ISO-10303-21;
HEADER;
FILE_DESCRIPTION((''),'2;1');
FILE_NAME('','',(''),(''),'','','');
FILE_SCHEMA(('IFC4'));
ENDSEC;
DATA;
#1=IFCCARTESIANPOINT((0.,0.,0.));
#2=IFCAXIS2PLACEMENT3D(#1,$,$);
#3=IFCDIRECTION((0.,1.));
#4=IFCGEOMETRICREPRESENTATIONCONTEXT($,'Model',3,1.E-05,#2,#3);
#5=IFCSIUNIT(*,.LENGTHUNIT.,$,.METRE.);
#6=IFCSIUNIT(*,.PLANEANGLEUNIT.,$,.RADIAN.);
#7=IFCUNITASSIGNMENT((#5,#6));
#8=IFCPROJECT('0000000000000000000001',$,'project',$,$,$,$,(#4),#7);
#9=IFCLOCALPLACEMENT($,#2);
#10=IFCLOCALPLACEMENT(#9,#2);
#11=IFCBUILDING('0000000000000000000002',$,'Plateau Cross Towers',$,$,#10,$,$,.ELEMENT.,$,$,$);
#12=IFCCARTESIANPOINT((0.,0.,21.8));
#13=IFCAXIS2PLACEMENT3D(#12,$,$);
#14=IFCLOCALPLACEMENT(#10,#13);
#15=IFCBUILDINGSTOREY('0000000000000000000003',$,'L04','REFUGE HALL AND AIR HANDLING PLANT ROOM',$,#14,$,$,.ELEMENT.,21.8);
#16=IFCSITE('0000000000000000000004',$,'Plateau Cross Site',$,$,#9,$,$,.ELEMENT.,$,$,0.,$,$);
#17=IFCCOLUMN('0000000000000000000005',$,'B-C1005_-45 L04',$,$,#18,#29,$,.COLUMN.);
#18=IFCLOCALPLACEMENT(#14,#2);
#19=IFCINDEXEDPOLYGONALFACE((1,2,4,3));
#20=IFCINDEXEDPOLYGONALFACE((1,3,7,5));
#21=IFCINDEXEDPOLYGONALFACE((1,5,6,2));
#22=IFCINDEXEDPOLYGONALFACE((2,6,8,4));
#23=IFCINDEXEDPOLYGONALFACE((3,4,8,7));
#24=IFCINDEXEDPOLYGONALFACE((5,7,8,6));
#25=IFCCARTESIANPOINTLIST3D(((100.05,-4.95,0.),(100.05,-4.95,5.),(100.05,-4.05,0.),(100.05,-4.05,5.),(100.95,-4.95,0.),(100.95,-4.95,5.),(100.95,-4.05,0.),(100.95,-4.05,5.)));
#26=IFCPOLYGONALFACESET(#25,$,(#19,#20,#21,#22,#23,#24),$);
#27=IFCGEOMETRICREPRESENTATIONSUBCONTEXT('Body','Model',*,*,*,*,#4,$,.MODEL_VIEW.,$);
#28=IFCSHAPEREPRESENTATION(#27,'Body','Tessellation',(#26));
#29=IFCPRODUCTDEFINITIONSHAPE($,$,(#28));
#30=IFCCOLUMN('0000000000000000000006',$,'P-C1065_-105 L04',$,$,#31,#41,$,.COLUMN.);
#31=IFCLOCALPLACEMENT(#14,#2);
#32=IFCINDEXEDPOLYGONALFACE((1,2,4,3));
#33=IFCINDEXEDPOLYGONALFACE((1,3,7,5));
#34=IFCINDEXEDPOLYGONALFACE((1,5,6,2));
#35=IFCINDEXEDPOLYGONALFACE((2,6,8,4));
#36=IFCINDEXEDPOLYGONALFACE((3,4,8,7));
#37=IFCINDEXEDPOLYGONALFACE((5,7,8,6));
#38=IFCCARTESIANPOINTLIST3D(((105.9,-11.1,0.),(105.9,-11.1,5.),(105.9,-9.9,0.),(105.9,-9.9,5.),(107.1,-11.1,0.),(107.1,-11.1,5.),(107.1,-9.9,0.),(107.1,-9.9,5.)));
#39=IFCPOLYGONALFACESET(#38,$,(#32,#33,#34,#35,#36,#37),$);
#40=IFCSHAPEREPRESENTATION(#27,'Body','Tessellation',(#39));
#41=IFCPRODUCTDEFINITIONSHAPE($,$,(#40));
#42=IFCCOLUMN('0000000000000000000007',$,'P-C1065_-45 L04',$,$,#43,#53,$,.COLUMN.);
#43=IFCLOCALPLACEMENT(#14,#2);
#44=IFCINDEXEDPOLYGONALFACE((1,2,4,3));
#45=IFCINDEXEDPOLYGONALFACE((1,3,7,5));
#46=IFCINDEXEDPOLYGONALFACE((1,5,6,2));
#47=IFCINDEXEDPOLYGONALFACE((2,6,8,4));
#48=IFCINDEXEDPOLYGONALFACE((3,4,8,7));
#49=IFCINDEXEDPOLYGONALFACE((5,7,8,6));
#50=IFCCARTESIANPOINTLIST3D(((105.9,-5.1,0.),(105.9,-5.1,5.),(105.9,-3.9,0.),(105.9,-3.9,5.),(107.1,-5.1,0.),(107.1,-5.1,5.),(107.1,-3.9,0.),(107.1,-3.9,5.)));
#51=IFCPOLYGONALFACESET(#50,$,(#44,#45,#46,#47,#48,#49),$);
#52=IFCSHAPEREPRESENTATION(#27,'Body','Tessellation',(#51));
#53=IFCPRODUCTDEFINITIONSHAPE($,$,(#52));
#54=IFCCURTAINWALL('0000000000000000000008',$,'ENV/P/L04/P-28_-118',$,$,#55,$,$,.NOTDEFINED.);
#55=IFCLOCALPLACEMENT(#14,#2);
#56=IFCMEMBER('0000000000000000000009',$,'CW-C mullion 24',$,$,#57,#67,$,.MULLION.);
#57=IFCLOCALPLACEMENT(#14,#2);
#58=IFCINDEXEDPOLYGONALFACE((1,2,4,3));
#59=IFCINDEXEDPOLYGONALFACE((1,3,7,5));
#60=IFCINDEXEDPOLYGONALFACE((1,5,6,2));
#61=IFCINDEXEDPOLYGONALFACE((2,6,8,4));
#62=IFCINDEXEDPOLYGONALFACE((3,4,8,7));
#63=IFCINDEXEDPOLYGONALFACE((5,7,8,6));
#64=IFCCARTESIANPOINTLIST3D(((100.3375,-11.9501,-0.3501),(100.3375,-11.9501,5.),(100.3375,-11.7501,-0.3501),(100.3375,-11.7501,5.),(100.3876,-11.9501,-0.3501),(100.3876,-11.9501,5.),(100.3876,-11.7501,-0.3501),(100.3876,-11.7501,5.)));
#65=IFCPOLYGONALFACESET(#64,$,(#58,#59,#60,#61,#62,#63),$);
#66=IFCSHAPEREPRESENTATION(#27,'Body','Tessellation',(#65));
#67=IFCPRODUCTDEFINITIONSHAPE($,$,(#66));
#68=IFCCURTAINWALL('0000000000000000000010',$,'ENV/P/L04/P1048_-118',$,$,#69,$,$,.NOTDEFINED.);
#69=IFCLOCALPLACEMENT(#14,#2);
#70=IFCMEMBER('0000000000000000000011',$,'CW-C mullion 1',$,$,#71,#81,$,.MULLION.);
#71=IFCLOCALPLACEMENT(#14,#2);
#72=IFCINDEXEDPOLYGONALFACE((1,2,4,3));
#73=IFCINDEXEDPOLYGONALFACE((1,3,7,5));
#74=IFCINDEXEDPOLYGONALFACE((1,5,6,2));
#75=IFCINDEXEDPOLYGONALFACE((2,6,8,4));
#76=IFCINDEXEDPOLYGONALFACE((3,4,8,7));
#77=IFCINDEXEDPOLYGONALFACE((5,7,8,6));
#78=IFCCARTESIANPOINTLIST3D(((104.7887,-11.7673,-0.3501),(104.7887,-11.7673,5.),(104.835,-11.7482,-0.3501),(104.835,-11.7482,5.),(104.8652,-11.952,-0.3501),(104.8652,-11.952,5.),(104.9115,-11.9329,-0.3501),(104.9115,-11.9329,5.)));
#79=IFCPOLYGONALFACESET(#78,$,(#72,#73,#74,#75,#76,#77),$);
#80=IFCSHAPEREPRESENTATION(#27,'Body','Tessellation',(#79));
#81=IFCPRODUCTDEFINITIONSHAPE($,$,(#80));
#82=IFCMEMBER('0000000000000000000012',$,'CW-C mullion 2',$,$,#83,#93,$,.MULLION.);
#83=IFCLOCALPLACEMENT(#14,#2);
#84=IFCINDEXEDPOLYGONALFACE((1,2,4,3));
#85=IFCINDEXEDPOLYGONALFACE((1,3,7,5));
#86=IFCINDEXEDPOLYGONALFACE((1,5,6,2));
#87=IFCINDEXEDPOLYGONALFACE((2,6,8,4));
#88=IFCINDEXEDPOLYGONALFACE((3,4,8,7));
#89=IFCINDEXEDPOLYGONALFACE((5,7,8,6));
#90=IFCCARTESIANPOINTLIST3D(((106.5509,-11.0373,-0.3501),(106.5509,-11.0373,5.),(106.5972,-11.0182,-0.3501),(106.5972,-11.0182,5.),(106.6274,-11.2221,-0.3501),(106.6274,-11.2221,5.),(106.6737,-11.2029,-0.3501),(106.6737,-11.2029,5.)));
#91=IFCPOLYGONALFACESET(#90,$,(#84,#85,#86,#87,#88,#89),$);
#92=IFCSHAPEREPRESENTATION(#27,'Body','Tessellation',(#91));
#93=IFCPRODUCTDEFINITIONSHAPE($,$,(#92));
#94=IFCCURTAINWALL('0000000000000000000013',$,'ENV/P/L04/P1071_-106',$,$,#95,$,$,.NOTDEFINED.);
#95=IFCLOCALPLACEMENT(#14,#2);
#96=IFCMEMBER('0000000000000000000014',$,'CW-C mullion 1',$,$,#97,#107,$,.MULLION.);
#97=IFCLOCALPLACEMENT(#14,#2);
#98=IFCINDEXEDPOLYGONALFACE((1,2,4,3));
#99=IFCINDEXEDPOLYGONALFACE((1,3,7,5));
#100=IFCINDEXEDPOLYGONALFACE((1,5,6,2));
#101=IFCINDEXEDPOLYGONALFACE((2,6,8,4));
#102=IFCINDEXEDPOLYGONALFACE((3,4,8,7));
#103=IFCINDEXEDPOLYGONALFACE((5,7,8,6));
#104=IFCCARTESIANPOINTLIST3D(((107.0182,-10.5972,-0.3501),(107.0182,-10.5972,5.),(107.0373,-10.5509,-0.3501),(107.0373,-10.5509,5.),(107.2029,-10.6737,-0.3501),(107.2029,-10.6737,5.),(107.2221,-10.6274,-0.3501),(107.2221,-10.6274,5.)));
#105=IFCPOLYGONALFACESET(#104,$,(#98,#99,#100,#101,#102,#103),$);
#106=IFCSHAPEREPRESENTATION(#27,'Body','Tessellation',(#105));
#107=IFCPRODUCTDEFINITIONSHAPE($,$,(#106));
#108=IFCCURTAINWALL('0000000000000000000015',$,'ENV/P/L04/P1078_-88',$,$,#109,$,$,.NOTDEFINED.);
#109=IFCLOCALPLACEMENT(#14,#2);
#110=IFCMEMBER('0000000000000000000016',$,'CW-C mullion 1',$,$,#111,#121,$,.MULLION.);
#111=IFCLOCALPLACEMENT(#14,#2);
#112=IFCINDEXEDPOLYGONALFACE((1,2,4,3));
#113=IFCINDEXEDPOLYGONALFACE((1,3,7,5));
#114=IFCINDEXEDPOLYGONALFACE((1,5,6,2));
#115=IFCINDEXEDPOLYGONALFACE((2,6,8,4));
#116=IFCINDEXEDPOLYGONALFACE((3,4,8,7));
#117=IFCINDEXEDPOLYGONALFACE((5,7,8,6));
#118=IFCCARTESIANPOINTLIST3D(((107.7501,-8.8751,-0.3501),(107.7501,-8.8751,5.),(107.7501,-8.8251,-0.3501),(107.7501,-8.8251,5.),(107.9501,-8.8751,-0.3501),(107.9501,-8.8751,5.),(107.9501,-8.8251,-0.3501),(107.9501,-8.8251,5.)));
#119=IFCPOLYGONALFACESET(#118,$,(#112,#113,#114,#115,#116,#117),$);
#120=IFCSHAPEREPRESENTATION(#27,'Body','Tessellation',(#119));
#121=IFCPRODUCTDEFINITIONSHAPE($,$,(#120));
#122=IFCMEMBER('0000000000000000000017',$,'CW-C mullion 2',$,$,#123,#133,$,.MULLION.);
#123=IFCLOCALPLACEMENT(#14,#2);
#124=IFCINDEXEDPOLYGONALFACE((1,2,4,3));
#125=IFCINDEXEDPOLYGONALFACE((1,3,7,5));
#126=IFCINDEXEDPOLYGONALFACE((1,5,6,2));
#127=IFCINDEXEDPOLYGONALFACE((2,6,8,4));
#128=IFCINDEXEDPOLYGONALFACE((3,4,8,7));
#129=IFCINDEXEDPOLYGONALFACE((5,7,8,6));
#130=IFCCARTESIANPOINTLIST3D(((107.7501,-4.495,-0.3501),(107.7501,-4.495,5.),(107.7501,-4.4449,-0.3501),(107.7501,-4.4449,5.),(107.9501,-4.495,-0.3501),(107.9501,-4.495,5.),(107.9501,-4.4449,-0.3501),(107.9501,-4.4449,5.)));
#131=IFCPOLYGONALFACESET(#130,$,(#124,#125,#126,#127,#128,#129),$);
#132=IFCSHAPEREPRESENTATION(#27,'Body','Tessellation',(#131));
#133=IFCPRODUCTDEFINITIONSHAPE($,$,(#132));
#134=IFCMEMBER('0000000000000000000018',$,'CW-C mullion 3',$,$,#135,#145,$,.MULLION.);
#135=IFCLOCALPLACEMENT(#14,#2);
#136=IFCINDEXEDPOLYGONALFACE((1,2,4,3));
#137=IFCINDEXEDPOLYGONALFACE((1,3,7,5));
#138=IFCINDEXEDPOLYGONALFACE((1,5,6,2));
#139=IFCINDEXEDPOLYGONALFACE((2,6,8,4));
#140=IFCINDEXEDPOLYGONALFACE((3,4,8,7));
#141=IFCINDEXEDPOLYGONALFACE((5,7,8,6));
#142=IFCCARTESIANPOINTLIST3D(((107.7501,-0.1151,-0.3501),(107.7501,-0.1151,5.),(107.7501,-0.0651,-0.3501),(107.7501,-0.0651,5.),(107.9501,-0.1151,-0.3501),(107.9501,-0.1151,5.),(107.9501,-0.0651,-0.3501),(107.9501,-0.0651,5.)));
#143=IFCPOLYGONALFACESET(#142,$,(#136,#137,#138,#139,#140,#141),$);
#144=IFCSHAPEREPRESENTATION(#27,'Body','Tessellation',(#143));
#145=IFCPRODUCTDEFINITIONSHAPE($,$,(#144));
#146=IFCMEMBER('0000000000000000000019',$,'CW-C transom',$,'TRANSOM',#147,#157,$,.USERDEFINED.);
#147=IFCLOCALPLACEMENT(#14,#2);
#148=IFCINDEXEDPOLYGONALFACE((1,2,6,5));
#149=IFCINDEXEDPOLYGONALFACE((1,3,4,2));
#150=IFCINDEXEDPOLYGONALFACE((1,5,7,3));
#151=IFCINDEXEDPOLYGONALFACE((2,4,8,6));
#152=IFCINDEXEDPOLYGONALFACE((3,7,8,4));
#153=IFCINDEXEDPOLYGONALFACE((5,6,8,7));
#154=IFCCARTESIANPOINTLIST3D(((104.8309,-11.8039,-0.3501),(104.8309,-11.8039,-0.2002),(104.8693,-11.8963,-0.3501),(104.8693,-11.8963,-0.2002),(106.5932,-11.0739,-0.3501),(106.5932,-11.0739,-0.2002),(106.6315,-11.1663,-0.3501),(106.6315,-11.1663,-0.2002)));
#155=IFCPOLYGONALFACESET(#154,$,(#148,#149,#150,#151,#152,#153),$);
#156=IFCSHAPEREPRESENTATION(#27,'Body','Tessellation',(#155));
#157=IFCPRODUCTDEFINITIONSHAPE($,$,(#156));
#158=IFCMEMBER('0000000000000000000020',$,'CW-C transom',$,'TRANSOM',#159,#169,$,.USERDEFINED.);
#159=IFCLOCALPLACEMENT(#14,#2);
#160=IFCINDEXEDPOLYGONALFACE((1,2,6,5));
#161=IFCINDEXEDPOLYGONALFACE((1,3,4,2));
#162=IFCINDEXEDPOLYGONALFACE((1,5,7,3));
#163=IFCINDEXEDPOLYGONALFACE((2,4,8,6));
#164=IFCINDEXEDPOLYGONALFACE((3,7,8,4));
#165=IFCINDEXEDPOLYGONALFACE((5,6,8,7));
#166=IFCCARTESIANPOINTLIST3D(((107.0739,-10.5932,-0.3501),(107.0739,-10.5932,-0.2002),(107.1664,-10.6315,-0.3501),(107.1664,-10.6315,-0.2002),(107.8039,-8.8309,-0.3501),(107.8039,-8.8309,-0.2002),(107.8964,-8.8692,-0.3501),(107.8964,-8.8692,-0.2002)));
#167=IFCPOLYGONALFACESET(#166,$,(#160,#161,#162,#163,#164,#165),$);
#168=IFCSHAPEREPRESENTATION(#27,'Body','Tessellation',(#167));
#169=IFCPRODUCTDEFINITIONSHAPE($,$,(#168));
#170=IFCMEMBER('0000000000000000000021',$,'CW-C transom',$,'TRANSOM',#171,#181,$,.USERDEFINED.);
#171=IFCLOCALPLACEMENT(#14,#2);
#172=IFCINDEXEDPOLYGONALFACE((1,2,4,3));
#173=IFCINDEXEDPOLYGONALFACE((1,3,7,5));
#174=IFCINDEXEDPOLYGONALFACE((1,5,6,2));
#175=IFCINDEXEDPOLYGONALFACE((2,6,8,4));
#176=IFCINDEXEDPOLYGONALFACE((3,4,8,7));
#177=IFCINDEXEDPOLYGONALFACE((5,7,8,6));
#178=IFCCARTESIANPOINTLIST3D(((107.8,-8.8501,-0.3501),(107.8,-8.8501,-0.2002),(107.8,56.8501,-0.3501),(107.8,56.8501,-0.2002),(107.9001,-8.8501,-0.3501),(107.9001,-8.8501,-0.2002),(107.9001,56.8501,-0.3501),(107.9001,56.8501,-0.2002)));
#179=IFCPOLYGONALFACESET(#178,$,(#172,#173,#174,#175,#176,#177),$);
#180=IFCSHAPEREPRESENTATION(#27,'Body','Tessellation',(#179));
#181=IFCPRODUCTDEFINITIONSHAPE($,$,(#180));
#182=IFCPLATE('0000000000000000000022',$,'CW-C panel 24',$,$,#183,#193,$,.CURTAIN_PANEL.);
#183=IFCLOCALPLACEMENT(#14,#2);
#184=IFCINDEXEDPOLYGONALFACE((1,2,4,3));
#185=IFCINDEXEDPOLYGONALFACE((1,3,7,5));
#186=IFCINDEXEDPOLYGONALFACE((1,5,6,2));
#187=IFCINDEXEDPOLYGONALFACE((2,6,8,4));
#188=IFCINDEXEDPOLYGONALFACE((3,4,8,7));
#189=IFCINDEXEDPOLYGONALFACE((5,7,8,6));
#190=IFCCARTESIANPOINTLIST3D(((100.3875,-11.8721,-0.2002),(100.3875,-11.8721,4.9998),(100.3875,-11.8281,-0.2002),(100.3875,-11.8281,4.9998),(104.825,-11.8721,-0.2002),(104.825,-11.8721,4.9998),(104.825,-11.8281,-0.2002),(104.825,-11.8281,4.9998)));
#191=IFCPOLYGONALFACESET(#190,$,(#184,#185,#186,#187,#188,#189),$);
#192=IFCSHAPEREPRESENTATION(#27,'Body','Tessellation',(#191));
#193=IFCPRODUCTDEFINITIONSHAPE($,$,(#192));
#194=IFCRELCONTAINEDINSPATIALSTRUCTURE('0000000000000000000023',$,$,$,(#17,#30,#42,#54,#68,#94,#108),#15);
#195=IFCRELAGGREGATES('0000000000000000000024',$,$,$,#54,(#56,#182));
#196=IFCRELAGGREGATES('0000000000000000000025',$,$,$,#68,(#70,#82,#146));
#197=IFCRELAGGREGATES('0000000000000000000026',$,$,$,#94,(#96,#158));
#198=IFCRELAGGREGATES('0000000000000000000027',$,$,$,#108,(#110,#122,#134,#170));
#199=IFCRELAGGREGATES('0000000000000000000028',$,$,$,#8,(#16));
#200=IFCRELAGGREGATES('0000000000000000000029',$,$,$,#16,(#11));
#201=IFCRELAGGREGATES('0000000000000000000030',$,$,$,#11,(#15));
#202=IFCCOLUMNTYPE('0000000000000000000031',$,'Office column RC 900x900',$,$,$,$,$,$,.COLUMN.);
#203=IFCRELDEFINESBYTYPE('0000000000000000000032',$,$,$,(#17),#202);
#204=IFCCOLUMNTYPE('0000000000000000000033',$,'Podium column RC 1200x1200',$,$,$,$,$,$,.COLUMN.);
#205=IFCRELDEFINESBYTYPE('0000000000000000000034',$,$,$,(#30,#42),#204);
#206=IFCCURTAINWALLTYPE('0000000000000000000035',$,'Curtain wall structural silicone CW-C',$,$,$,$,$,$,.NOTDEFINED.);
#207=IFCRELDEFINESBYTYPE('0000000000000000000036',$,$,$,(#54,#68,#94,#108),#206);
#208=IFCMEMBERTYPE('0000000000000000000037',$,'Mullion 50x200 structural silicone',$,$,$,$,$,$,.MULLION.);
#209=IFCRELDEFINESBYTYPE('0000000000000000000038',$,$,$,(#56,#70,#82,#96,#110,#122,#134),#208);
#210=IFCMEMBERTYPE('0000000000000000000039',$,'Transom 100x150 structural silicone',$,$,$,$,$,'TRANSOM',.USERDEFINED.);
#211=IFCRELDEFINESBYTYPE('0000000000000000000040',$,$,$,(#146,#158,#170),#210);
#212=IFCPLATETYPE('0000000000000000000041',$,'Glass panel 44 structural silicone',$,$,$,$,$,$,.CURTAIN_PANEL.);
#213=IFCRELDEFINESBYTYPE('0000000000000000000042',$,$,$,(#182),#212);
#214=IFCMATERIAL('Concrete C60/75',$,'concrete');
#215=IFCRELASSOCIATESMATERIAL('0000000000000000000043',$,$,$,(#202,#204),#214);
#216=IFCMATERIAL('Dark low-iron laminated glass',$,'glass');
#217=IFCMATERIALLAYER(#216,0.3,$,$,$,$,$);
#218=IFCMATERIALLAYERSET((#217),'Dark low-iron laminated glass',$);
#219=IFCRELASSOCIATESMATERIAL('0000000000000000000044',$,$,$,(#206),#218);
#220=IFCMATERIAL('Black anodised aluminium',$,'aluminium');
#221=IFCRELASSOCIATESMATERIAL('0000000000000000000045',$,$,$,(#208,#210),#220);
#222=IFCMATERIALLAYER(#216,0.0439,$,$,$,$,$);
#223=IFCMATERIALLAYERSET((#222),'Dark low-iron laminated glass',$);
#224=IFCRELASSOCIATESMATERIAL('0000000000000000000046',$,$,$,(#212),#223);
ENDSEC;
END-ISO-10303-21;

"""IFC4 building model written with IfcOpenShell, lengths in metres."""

from ifc_helpers import new_model, si_unit, direction, frame, origin, origin_2d, place, context, subcontext, project, spatial, rectangle, extrude, material, layer, layer_set, material_profile, profile_set, type_object, element, aggregate, save


model = new_model("IFC4")

# Units and contexts
model_context = context("Model", 3, precision=1e-05, world=origin(), true_north=direction((0.0, 1.0)))
body_context = subcontext(model_context, "Body", "Model", "MODEL_VIEW")
ifc_project = project(units=[si_unit("LENGTHUNIT", "METRE"), si_unit("PLANEANGLEUNIT", "RADIAN")], contexts=[model_context])

# Site, building, storey
site_placement = place(None, origin())
site = spatial("IfcSite", under=ifc_project, at=site_placement, Name="Plateau Cross Site", CompositionType="ELEMENT", RefElevation=0.0)
building_placement = place(site_placement, origin())
building = spatial("IfcBuilding", under=site, at=building_placement, Name="Plateau Cross Towers", CompositionType="ELEMENT")
storey_placement = place(building_placement, frame((0.0, 0.0, 21.8)))
storey = spatial("IfcBuildingStorey", under=building, at=storey_placement, Name="L04", Description="REFUGE HALL AND AIR HANDLING PLANT ROOM", CompositionType="ELEMENT", Elevation=21.8)

# Columns
ifc_material_1 = material(Name="Concrete C60/75", Category="concrete")
ifc_material_profile_1 = material_profile(ifc_material_1, rectangle(XDim=0.8999, YDim=0.8999, at=origin_2d()), Name="RC 900x900")
ifc_profile_set_1 = profile_set([ifc_material_profile_1], Name="Concrete C60/75")
column_type_1 = type_object("IfcColumnType", Name="Office column RC 900x900", PredefinedType="COLUMN", material=ifc_profile_set_1)
column_placement = place(storey_placement, frame((100.5, -4.5, 0.0), z_axis=(0.0, 0.0, 1.0), x_axis=(1.0, 0.0, 0.0)))
element("IfcColumn", 1, at=column_placement, inside=storey, type_object=column_type_1, Name="B-C1005_-45 L04", PredefinedType="COLUMN", context=body_context, shape_type="SweptSolid", body=[
    extrude(rectangle(XDim=0.8999, YDim=0.8999, at=origin_2d()), origin(), (0.0, 0.0, 1.0), 5.0),
])
ifc_material_profile_2 = material_profile(ifc_material_1, rectangle(XDim=1.2, YDim=1.2, at=origin_2d()), Name="RC 1200x1200")
ifc_profile_set_2 = profile_set([ifc_material_profile_2], Name="Concrete C60/75")
column_type_2 = type_object("IfcColumnType", Name="Podium column RC 1200x1200", PredefinedType="COLUMN", material=ifc_profile_set_2)
for number, where, z_axis, x_axis, name in (
    (2, (106.5, -10.5, 0.0), (0.0, 0.0, 1.0), (1.0, 0.0, 0.0), "P-C1065_-105 L04"),
    (3, (106.5, -4.5, 0.0), (0.0, 0.0, 1.0), (1.0, 0.0, 0.0), "P-C1065_-45 L04"),
):
    element("IfcColumn", number, at=place(storey_placement, frame(where, z_axis=z_axis, x_axis=x_axis)), inside=storey, type_object=column_type_2, Name=name, PredefinedType="COLUMN", context=body_context, shape_type="SweptSolid", body=[
        extrude(rectangle(XDim=1.2, YDim=1.2, at=origin_2d()), origin(), (0.0, 0.0, 1.0), 5.0),
    ])

# Curtain wall, member
ifc_material_2 = material(Name="Dark low-iron laminated glass", Category="glass")
ifc_layer_1 = layer(ifc_material_2, 0.3)
ifc_layer_set_1 = layer_set([ifc_layer_1], Name="Dark low-iron laminated glass")
curtain_wall_type = type_object("IfcCurtainWallType", Name="Curtain wall structural silicone CW-C", PredefinedType="NOTDEFINED", material=ifc_layer_set_1)
curtain_wall_1_placement = place(storey_placement, origin())
curtain_wall_1 = element("IfcCurtainWall", 4, at=curtain_wall_1_placement, inside=storey, type_object=curtain_wall_type, Name="ENV/P/L04/P-28_-118", PredefinedType="NOTDEFINED")
ifc_material_3 = material(Name="Black anodised aluminium", Category="aluminium")
ifc_material_profile_3 = material_profile(ifc_material_3, rectangle(XDim=0.05, YDim=0.2, at=origin_2d()), Name="MULLION 50x200")
ifc_profile_set_3 = profile_set([ifc_material_profile_3], Name="Black anodised aluminium")
member_type_1 = type_object("IfcMemberType", Name="Mullion 50x200 structural silicone", PredefinedType="MULLION", material=ifc_profile_set_3)
member_1_placement = place(storey_placement, frame((100.3625, -11.8501, -0.3501), z_axis=(0.0, 0.0, 1.0), x_axis=(1.0, 0.0, 0.0)))
member_1 = element("IfcMember", 5, at=member_1_placement, type_object=member_type_1, Name="CW-C mullion 24", PredefinedType="MULLION", context=body_context, shape_type="SweptSolid", body=[
    extrude(rectangle(XDim=0.05, YDim=0.2, at=origin_2d()), origin(), (0.0, 0.0, 1.0), 5.3501),
])

# Curtain wall, members
curtain_wall_2_placement = place(storey_placement, origin())
curtain_wall_2 = element("IfcCurtainWall", 6, at=curtain_wall_2_placement, inside=storey, type_object=curtain_wall_type, Name="ENV/P/L04/P1048_-118", PredefinedType="NOTDEFINED")
member_2_placement = place(storey_placement, frame((104.8501, -11.8501, -0.3501), z_axis=(0.0, 0.0, 1.0), x_axis=(0.923879, 0.382684, 0.0)))
member_2 = element("IfcMember", 7, at=member_2_placement, type_object=member_type_1, Name="CW-C mullion 1", PredefinedType="MULLION", context=body_context, shape_type="SweptSolid", body=[
    extrude(rectangle(XDim=0.05, YDim=0.2, at=origin_2d()), origin(), (0.0, 0.0, 1.0), 5.3501),
])
member_3_placement = place(storey_placement, frame((106.6123, -11.1201, -0.3501), z_axis=(0.0, 0.0, 1.0), x_axis=(0.923879, 0.382684, 0.0)))
member_3 = element("IfcMember", 8, at=member_3_placement, type_object=member_type_1, Name="CW-C mullion 2", PredefinedType="MULLION", context=body_context, shape_type="SweptSolid", body=[
    extrude(rectangle(XDim=0.05, YDim=0.2, at=origin_2d()), origin(), (0.0, 0.0, 1.0), 5.3501),
])

# Curtain wall, member
curtain_wall_3_placement = place(storey_placement, origin())
curtain_wall_3 = element("IfcCurtainWall", 9, at=curtain_wall_3_placement, inside=storey, type_object=curtain_wall_type, Name="ENV/P/L04/P1071_-106", PredefinedType="NOTDEFINED")
member_4_placement = place(storey_placement, frame((107.1201, -10.6123, -0.3501), z_axis=(0.0, 0.0, 1.0), x_axis=(0.382684, 0.923879, 0.0)))
member_4 = element("IfcMember", 10, at=member_4_placement, type_object=member_type_1, Name="CW-C mullion 1", PredefinedType="MULLION", context=body_context, shape_type="SweptSolid", body=[
    extrude(rectangle(XDim=0.05, YDim=0.2, at=origin_2d()), origin(), (0.0, 0.0, 1.0), 5.3501),
])

# Curtain wall, members
curtain_wall_4_placement = place(storey_placement, origin())
curtain_wall_4 = element("IfcCurtainWall", 11, at=curtain_wall_4_placement, inside=storey, type_object=curtain_wall_type, Name="ENV/P/L04/P1078_-88", PredefinedType="NOTDEFINED")
member_5_placement = place(storey_placement, frame((107.8501, -8.8501, -0.3501), z_axis=(0.0, 0.0, 1.0), x_axis=(0.0, 1.0, 0.0)))
member_5 = element("IfcMember", 12, at=member_5_placement, type_object=member_type_1, Name="CW-C mullion 1", PredefinedType="MULLION", context=body_context, shape_type="SweptSolid", body=[
    extrude(rectangle(XDim=0.05, YDim=0.2, at=origin_2d()), origin(), (0.0, 0.0, 1.0), 5.3501),
])
member_6_placement = place(storey_placement, frame((107.8501, -4.47, -0.3501), z_axis=(0.0, 0.0, 1.0), x_axis=(0.0, 1.0, 0.0)))
member_6 = element("IfcMember", 13, at=member_6_placement, type_object=member_type_1, Name="CW-C mullion 2", PredefinedType="MULLION", context=body_context, shape_type="SweptSolid", body=[
    extrude(rectangle(XDim=0.05, YDim=0.2, at=origin_2d()), origin(), (0.0, 0.0, 1.0), 5.3501),
])
member_7_placement = place(storey_placement, frame((107.8501, -0.0901, -0.3501), z_axis=(0.0, 0.0, 1.0), x_axis=(0.0, 1.0, 0.0)))
member_7 = element("IfcMember", 14, at=member_7_placement, type_object=member_type_1, Name="CW-C mullion 3", PredefinedType="MULLION", context=body_context, shape_type="SweptSolid", body=[
    extrude(rectangle(XDim=0.05, YDim=0.2, at=origin_2d()), origin(), (0.0, 0.0, 1.0), 5.3501),
])

# Members
ifc_material_profile_4 = material_profile(ifc_material_3, rectangle(XDim=0.1001, YDim=0.1499, at=origin_2d()), Name="TRANSOM 100x150")
ifc_profile_set_4 = profile_set([ifc_material_profile_4], Name="Black anodised aluminium")
member_type_2 = type_object("IfcMemberType", Name="Transom 100x150 structural silicone", ElementType="TRANSOM", PredefinedType="USERDEFINED", material=ifc_profile_set_4)
member_8_placement = place(storey_placement, frame((104.8501, -11.8501, -0.2751), z_axis=(0.92387, 0.382706, 0.0), x_axis=(-0.382706, 0.92387, 0.0)))
member_8 = element("IfcMember", 15, at=member_8_placement, type_object=member_type_2, Name="CW-C transom", ObjectType="TRANSOM", PredefinedType="USERDEFINED", context=body_context, shape_type="SweptSolid", body=[
    extrude(rectangle(XDim=0.1001, YDim=0.1499, at=origin_2d()), origin(), (0.0, 0.0, 1.0), 1.9075),
])
member_9_placement = place(storey_placement, frame((107.1201, -10.6123, -0.2751), z_axis=(0.382706, 0.92387, 0.0), x_axis=(-0.92387, 0.382706, 0.0)))
member_9 = element("IfcMember", 16, at=member_9_placement, type_object=member_type_2, Name="CW-C transom", ObjectType="TRANSOM", PredefinedType="USERDEFINED", context=body_context, shape_type="SweptSolid", body=[
    extrude(rectangle(XDim=0.1001, YDim=0.1499, at=origin_2d()), origin(), (0.0, 0.0, 1.0), 1.9075),
])
member_10_placement = place(storey_placement, frame((107.8501, -8.8501, -0.2751), z_axis=(0.0, 1.0, 0.0), x_axis=(-1.0, 0.0, 0.0)))
member_10 = element("IfcMember", 17, at=member_10_placement, type_object=member_type_2, Name="CW-C transom", ObjectType="TRANSOM", PredefinedType="USERDEFINED", context=body_context, shape_type="SweptSolid", body=[
    extrude(rectangle(XDim=0.1001, YDim=0.1499, at=origin_2d()), origin(), (0.0, 0.0, 1.0), 65.7002),
])

# Plate
ifc_layer_2 = layer(ifc_material_2, 0.0439)
ifc_layer_set_2 = layer_set([ifc_layer_2], Name="Dark low-iron laminated glass")
plate_type = type_object("IfcPlateType", Name="Glass panel 44 structural silicone", PredefinedType="CURTAIN_PANEL", material=ifc_layer_set_2)
plate_1_placement = place(storey_placement, frame((102.6062, -11.8501, -0.2002), z_axis=(0.0, 0.0, 1.0), x_axis=(1.0, 0.0, 0.0)))
plate_1 = element("IfcPlate", 18, at=plate_1_placement, type_object=plate_type, Name="CW-C panel 24", PredefinedType="CURTAIN_PANEL", context=body_context, shape_type="SweptSolid", body=[
    extrude(rectangle(XDim=4.4375, YDim=0.0439, at=origin_2d()), origin(), (0.0, 0.0, 1.0), 5.2),
])
aggregate(curtain_wall_1, [member_1, plate_1])
aggregate(curtain_wall_2, [member_2, member_3, member_8])
aggregate(curtain_wall_3, [member_4, member_9])
aggregate(curtain_wall_4, [member_5, member_6, member_7, member_10])

save(model, "model.ifc")
